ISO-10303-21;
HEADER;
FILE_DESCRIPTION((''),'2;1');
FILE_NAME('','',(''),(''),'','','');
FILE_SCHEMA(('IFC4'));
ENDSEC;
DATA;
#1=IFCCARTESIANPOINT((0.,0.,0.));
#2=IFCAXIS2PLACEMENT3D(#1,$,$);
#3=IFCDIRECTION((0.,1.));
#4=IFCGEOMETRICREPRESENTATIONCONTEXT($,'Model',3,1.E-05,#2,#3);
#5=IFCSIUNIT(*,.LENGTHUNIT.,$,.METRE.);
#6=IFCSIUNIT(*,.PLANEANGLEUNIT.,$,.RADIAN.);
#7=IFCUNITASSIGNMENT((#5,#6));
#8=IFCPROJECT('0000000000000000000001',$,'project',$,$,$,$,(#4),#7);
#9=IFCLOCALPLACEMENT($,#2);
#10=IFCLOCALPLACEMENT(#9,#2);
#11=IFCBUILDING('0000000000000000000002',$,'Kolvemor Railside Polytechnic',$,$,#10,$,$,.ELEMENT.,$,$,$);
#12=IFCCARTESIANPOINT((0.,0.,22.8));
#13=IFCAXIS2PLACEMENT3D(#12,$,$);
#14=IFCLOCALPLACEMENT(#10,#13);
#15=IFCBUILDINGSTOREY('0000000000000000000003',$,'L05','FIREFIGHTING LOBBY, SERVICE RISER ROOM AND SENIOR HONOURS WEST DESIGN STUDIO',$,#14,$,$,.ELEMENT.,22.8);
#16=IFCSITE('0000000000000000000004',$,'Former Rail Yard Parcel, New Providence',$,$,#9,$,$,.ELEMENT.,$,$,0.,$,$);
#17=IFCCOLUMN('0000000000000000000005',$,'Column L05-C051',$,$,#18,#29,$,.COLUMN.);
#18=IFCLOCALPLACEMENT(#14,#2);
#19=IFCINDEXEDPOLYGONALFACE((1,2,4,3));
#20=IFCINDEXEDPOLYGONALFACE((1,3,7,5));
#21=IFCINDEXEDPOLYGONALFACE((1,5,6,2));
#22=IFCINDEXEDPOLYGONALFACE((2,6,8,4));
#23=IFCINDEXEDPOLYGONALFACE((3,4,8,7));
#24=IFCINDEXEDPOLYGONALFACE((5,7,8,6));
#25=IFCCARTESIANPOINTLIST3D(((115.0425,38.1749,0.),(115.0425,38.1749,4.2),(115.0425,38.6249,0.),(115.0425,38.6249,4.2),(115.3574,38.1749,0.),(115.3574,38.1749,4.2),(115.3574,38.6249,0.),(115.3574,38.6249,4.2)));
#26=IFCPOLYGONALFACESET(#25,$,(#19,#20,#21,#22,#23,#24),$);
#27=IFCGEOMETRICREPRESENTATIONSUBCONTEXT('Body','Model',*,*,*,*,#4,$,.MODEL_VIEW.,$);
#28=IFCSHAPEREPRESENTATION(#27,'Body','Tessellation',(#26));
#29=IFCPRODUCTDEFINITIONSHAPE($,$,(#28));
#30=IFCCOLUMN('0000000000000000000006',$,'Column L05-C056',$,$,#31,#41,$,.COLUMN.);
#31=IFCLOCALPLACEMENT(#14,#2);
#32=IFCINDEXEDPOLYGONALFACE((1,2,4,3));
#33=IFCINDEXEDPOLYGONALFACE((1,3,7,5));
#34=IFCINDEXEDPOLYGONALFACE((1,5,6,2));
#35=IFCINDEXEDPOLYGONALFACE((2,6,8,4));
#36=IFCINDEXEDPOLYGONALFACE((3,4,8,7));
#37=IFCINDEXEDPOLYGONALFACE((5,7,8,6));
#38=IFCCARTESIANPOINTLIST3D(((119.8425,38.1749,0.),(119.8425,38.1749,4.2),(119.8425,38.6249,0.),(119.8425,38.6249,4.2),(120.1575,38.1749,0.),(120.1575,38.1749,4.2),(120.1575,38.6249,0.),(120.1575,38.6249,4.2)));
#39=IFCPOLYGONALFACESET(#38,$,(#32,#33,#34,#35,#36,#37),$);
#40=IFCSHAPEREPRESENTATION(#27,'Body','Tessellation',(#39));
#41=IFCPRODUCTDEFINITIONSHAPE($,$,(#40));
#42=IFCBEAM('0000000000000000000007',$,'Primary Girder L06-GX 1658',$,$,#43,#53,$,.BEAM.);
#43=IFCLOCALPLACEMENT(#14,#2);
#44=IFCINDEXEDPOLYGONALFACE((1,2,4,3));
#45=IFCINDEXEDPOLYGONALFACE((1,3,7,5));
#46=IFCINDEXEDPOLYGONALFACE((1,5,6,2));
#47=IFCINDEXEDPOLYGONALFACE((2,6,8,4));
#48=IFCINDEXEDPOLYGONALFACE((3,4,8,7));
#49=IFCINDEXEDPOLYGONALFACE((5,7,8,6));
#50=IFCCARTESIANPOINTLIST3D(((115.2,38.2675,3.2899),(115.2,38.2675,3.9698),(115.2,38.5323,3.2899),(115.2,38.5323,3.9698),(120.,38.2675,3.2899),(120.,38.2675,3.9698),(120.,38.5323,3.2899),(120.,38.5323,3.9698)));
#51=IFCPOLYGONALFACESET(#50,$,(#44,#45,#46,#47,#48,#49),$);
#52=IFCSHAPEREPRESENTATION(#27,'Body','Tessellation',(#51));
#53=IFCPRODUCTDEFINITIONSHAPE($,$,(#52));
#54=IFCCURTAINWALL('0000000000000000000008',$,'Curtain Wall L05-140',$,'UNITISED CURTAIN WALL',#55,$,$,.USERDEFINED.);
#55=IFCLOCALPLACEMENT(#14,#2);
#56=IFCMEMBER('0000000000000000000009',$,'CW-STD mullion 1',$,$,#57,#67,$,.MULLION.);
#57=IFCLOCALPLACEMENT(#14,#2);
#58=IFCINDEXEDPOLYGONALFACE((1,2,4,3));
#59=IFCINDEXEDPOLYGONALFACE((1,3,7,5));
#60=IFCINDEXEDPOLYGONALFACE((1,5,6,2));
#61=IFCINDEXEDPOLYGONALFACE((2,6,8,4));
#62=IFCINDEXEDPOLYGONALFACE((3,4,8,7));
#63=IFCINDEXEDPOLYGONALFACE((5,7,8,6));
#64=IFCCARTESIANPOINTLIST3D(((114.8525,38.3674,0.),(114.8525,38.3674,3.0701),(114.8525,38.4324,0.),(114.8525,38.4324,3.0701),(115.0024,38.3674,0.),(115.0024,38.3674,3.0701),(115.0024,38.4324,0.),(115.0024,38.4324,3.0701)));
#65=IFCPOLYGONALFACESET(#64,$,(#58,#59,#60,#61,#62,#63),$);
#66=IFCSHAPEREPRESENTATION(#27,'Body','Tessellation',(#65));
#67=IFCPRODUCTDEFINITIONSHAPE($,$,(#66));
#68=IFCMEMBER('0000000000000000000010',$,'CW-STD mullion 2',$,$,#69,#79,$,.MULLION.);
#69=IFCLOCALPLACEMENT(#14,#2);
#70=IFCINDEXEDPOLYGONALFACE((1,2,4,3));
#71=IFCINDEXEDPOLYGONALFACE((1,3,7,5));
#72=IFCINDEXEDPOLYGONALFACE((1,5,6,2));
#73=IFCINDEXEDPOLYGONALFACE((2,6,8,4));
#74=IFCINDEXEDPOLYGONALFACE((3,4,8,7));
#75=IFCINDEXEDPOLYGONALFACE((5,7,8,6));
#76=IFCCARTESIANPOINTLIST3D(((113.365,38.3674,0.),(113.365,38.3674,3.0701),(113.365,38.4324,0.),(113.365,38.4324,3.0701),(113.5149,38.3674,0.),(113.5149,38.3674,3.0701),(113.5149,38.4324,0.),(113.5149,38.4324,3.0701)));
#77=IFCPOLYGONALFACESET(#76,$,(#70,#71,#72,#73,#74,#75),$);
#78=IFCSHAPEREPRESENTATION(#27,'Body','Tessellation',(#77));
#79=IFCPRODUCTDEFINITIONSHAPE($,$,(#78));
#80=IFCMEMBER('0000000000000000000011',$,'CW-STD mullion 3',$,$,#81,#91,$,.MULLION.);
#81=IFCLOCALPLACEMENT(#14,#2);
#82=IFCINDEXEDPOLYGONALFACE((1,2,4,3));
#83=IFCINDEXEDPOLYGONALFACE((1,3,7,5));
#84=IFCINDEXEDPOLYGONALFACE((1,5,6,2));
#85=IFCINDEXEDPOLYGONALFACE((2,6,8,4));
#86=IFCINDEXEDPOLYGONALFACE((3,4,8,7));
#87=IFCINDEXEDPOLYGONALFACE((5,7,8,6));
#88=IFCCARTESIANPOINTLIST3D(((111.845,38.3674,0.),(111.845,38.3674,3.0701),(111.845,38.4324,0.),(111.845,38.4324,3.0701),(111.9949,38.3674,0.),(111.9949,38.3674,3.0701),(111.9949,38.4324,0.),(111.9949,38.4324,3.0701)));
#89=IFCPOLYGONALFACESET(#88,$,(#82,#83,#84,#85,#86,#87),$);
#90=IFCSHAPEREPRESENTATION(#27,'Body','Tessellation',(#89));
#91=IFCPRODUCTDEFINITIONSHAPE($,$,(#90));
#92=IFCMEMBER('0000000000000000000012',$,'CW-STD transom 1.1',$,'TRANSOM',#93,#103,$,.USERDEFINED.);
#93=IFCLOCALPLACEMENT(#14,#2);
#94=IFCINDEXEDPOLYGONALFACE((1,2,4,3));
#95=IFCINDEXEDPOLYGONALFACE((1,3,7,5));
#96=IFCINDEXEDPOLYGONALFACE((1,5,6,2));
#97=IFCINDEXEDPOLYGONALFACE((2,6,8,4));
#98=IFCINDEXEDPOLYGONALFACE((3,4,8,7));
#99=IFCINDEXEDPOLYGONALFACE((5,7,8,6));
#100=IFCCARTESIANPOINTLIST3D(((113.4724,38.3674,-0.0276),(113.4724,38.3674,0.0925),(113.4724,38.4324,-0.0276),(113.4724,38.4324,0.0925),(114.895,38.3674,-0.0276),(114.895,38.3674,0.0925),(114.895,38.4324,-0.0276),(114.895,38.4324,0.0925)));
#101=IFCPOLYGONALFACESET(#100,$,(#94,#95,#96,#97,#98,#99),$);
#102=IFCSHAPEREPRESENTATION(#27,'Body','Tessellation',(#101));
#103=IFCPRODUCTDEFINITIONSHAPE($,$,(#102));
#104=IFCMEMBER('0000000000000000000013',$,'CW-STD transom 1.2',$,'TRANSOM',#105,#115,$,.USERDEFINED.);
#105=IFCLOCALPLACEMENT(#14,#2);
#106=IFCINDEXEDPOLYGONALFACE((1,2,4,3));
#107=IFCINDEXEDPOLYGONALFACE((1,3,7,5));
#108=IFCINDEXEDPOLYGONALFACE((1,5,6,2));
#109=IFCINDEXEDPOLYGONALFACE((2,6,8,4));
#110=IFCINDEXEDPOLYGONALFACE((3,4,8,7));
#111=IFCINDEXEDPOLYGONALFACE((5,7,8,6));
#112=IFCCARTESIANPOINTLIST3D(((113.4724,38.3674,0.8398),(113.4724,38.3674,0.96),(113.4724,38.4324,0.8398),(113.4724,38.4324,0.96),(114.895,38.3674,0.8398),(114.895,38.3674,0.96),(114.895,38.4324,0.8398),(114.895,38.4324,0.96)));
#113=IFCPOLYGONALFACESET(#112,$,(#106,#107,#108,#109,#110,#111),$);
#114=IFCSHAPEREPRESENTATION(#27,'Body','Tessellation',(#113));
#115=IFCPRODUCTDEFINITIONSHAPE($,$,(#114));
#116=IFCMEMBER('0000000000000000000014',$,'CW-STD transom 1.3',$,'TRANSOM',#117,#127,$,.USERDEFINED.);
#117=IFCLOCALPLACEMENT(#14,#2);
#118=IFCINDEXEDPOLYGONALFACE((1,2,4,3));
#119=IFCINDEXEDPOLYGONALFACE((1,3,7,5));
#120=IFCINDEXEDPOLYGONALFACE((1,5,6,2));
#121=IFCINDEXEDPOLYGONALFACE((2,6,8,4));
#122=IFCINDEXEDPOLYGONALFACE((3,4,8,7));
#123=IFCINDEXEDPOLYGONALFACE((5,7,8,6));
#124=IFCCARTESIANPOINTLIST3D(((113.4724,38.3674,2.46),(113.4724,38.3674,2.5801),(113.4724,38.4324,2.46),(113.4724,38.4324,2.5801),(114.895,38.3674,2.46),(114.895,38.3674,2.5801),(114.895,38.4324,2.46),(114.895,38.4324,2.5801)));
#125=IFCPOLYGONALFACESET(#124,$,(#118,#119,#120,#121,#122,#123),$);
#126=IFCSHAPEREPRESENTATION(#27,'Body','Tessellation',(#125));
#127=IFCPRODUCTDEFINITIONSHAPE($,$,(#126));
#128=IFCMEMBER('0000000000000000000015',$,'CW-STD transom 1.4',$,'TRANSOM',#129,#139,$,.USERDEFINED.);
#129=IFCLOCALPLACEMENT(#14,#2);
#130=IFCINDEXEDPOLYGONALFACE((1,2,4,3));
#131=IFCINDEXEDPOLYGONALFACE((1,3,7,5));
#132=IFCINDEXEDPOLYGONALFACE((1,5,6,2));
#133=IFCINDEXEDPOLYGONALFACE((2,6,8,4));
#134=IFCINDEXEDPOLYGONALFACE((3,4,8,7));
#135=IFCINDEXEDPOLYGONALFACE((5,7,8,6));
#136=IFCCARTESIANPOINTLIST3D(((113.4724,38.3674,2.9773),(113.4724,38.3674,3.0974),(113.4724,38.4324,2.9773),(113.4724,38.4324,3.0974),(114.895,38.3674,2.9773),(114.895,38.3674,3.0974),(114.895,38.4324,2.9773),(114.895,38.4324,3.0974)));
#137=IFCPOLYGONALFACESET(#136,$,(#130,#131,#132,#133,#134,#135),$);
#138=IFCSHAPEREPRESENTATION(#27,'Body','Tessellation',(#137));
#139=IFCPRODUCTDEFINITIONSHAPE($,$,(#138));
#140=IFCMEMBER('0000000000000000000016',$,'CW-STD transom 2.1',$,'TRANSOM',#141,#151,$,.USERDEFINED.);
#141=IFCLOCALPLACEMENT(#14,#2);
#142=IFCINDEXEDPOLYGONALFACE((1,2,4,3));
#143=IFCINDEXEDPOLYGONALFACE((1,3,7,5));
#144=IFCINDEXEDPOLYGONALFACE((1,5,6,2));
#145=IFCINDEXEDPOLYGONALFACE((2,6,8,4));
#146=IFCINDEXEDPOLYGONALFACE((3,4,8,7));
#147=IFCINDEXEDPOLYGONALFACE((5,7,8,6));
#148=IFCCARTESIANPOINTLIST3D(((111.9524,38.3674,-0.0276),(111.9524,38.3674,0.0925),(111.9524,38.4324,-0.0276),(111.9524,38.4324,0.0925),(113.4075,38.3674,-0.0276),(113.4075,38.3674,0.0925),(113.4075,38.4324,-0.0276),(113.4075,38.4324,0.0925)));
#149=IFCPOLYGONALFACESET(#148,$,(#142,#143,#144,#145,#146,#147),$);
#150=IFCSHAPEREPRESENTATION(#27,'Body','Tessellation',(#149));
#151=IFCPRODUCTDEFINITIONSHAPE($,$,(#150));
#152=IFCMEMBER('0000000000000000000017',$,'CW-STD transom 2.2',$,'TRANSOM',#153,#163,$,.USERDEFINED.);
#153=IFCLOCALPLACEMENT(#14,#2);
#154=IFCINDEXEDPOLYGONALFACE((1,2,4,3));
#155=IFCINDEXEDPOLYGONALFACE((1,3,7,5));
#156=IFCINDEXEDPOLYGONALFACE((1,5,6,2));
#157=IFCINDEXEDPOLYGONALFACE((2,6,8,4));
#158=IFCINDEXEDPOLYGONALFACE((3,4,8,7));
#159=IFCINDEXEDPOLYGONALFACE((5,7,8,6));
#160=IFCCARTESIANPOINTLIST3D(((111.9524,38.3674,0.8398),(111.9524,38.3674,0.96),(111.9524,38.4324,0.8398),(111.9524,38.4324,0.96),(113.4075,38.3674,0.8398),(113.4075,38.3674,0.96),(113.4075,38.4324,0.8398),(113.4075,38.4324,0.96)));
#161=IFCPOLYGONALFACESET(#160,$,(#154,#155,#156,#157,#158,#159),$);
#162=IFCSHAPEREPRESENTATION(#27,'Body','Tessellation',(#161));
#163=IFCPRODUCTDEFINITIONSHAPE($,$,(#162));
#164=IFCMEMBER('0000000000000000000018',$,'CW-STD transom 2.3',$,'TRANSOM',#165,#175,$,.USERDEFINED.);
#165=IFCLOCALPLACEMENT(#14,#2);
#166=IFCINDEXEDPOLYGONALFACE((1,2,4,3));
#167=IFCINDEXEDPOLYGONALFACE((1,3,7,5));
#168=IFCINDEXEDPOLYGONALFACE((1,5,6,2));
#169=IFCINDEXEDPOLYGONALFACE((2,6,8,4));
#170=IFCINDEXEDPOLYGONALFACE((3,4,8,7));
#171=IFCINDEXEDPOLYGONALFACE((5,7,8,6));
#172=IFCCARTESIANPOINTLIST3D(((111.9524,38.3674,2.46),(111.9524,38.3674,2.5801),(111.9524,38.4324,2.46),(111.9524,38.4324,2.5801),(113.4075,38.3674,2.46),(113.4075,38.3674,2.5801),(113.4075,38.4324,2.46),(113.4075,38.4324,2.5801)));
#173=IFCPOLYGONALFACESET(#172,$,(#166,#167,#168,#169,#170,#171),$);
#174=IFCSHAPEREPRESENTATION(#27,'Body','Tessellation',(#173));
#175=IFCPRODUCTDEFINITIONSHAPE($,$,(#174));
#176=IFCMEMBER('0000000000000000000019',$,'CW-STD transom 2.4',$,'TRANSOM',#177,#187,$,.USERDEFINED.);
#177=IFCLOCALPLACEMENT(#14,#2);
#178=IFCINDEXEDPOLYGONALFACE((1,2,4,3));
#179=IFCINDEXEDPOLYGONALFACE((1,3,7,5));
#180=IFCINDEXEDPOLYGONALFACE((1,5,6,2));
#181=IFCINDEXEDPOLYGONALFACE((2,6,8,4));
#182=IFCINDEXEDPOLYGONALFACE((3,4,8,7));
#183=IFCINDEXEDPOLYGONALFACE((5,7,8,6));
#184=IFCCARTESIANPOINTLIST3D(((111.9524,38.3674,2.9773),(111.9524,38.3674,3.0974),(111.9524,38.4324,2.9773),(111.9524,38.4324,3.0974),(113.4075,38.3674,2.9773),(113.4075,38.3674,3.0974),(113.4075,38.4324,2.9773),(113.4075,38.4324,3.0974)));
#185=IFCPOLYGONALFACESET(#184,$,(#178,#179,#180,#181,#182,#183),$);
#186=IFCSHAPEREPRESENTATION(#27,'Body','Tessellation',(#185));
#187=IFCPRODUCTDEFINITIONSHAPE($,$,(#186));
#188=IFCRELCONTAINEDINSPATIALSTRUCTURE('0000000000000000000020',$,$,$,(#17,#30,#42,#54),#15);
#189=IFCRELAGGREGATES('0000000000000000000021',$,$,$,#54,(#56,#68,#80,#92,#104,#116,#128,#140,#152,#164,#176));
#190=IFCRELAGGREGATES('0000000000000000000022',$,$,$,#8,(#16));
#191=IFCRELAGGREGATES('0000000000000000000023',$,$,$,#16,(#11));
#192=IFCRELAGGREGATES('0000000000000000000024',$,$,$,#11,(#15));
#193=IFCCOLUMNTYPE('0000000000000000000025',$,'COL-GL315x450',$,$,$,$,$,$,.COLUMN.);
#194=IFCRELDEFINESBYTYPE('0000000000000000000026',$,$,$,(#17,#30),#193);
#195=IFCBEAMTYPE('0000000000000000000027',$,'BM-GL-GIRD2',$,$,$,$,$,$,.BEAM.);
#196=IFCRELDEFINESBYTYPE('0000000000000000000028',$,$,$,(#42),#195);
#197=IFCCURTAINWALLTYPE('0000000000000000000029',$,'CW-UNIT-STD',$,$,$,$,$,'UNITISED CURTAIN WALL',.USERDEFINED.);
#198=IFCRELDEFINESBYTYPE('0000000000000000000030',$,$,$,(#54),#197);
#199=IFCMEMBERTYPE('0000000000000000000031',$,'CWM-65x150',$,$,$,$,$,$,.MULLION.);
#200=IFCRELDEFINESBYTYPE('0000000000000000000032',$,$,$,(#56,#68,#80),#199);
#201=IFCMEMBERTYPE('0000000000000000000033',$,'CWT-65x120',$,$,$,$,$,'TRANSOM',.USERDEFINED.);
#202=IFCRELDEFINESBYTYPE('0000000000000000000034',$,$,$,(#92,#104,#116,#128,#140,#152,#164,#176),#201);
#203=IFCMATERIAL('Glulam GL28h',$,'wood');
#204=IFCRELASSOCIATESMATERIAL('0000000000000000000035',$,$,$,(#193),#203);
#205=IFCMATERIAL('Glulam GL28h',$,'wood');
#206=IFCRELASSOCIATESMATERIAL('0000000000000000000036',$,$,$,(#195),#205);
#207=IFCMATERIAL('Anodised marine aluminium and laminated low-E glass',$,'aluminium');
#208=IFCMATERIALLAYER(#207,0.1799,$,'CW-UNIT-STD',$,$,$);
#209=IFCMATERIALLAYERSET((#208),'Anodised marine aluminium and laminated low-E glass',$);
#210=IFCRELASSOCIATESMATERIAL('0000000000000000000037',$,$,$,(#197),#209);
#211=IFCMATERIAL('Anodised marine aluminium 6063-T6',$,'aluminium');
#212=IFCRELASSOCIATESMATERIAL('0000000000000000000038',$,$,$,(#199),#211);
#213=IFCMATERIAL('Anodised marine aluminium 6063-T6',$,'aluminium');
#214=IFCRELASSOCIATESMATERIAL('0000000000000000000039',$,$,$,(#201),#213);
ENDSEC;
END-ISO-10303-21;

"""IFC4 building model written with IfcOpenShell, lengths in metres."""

from ifc_helpers import new_model, si_unit, direction, frame, origin, origin_2d, place, context, subcontext, project, spatial, rectangle, extrude, material, layer, layer_set, material_profile, profile_set, type_object, element, aggregate, save


model = new_model("IFC4")

# Units and contexts
model_context = context("Model", 3, precision=1e-05, world=origin(), true_north=direction((0.0, 1.0)))
body_context = subcontext(model_context, "Body", "Model", "MODEL_VIEW")
ifc_project = project(units=[si_unit("LENGTHUNIT", "METRE"), si_unit("PLANEANGLEUNIT", "RADIAN")], contexts=[model_context])

# Site, building, storey
site_placement = place(None, origin())
site = spatial("IfcSite", under=ifc_project, at=site_placement, Name="Former Rail Yard Parcel, New Providence", CompositionType="ELEMENT", RefElevation=0.0)
building_placement = place(site_placement, origin())
building = spatial("IfcBuilding", under=site, at=building_placement, Name="Kolvemor Railside Polytechnic", CompositionType="ELEMENT")
storey_placement = place(building_placement, frame((0.0, 0.0, 22.8)))
storey = spatial("IfcBuildingStorey", under=building, at=storey_placement, Name="L05", Description="FIREFIGHTING LOBBY, SERVICE RISER ROOM AND SENIOR HONOURS WEST DESIGN STUDIO", CompositionType="ELEMENT", Elevation=22.8)

# Columns
ifc_material_1 = material(Name="Glulam GL28h", Category="wood")
ifc_material_profile_1 = material_profile(ifc_material_1, rectangle(XDim=0.3149, YDim=0.45, at=origin_2d()), Name="GL315x450")
ifc_profile_set_1 = profile_set([ifc_material_profile_1], Name="Glulam GL28h")
column_type = type_object("IfcColumnType", Name="COL-GL315x450", PredefinedType="COLUMN", material=ifc_profile_set_1)
for number, where, z_axis, x_axis, name in (
    (1, (115.2, 38.3999, 0.0), (0.0, 0.0, 1.0), (1.0, 0.0, 0.0), "Column L05-C051"),
    (2, (120.0, 38.3999, 0.0), (0.0, 0.0, 1.0), (1.0, 0.0, 0.0), "Column L05-C056"),
):
    element("IfcColumn", number, at=place(storey_placement, frame(where, z_axis=z_axis, x_axis=x_axis)), inside=storey, type_object=column_type, Name=name, PredefinedType="COLUMN", context=body_context, shape_type="SweptSolid", body=[
        extrude(rectangle(XDim=0.3149, YDim=0.45, at=origin_2d()), origin(), (0.0, 0.0, 1.0), 4.2),
    ])

# Beam
ifc_material_2 = material(Name="Glulam GL28h", Category="wood")
ifc_material_profile_2 = material_profile(ifc_material_2, rectangle(XDim=0.2649, YDim=0.6799, at=origin_2d()), Name="GL265x680")
ifc_profile_set_2 = profile_set([ifc_material_profile_2], Name="Glulam GL28h")
beam_type = type_object("IfcBeamType", Name="BM-GL-GIRD2", PredefinedType="BEAM", material=ifc_profile_set_2)
beam_placement = place(storey_placement, frame((115.2, 38.3999, 3.6299), z_axis=(1.0, 0.0, 0.0), x_axis=(0.0, 1.0, 0.0)))
element("IfcBeam", 3, at=beam_placement, inside=storey, type_object=beam_type, Name="Primary Girder L06-GX 1658", PredefinedType="BEAM", context=body_context, shape_type="SweptSolid", body=[
    extrude(rectangle(XDim=0.2649, YDim=0.6799, at=origin_2d()), origin(), (0.0, 0.0, 1.0), 4.8),
])

# Curtain wall, members
ifc_material_3 = material(Name="Anodised marine aluminium and laminated low-E glass", Category="aluminium")
ifc_layer_1 = layer(ifc_material_3, 0.1799, Name="CW-UNIT-STD")
ifc_layer_set_1 = layer_set([ifc_layer_1], Name="Anodised marine aluminium and laminated low-E glass")
curtain_wall_type = type_object("IfcCurtainWallType", Name="CW-UNIT-STD", ElementType="UNITISED CURTAIN WALL", PredefinedType="USERDEFINED", material=ifc_layer_set_1)
curtain_wall_placement = place(storey_placement, origin())
curtain_wall = element("IfcCurtainWall", 4, at=curtain_wall_placement, inside=storey, type_object=curtain_wall_type, Name="Curtain Wall L05-140", ObjectType="UNITISED CURTAIN WALL", PredefinedType="USERDEFINED")
ifc_material_4 = material(Name="Anodised marine aluminium 6063-T6", Category="aluminium")
ifc_material_profile_3 = material_profile(ifc_material_4, rectangle(XDim=0.0649, YDim=0.1499, at=origin_2d()), Name="CW-MUL-65x150")
ifc_profile_set_3 = profile_set([ifc_material_profile_3], Name="Anodised marine aluminium 6063-T6")
member_type_1 = type_object("IfcMemberType", Name="CWM-65x150", PredefinedType="MULLION", material=ifc_profile_set_3)
member_1_placement = place(storey_placement, frame((114.9275, 38.3999, 0.0), z_axis=(0.0, 0.0, 1.0), x_axis=(0.0, -1.0, 0.0)))
member_1 = element("IfcMember", 5, at=member_1_placement, type_object=member_type_1, Name="CW-STD mullion 1", PredefinedType="MULLION", context=body_context, shape_type="SweptSolid", body=[
    extrude(rectangle(XDim=0.0649, YDim=0.1499, at=origin_2d()), origin(), (0.0, 0.0, 1.0), 3.0701),
])
member_2_placement = place(storey_placement, frame((113.4399, 38.3999, 0.0), z_axis=(0.0, 0.0, 1.0), x_axis=(0.0, -1.0, 0.0)))
member_2 = element("IfcMember", 6, at=member_2_placement, type_object=member_type_1, Name="CW-STD mullion 2", PredefinedType="MULLION", context=body_context, shape_type="SweptSolid", body=[
    extrude(rectangle(XDim=0.0649, YDim=0.1499, at=origin_2d()), origin(), (0.0, 0.0, 1.0), 3.0701),
])
member_3_placement = place(storey_placement, frame((111.9199, 38.3999, 0.0), z_axis=(0.0, 0.0, 1.0), x_axis=(0.0, -1.0, 0.0)))
member_3 = element("IfcMember", 7, at=member_3_placement, type_object=member_type_1, Name="CW-STD mullion 3", PredefinedType="MULLION", context=body_context, shape_type="SweptSolid", body=[
    extrude(rectangle(XDim=0.0649, YDim=0.1499, at=origin_2d()), origin(), (0.0, 0.0, 1.0), 3.0701),
])
ifc_material_5 = material(Name="Anodised marine aluminium 6063-T6", Category="aluminium")
ifc_material_profile_4 = material_profile(ifc_material_5, rectangle(XDim=0.0649, YDim=0.1201, at=origin_2d()), Name="CW-TRN-65x120")
ifc_profile_set_4 = profile_set([ifc_material_profile_4], Name="Anodised marine aluminium 6063-T6")
member_type_2 = type_object("IfcMemberType", Name="CWT-65x120", ElementType="TRANSOM", PredefinedType="USERDEFINED", material=ifc_profile_set_4)
member_4_placement = place(storey_placement, frame((114.895, 38.3999, 0.0325), z_axis=(-1.0, 0.0, 0.0), x_axis=(0.0, -1.0, 0.0)))
member_4 = element("IfcMember", 8, at=member_4_placement, type_object=member_type_2, Name="CW-STD transom 1.1", ObjectType="TRANSOM", PredefinedType="USERDEFINED", context=body_context, shape_type="SweptSolid", body=[
    extrude(rectangle(XDim=0.0649, YDim=0.1201, at=origin_2d()), origin(), (0.0, 0.0, 1.0), 1.4226),
])
member_5_placement = place(storey_placement, frame((114.895, 38.3999, 0.8999), z_axis=(-1.0, 0.0, 0.0), x_axis=(0.0, -1.0, 0.0)))
member_5 = element("IfcMember", 9, at=member_5_placement, type_object=member_type_2, Name="CW-STD transom 1.2", ObjectType="TRANSOM", PredefinedType="USERDEFINED", context=body_context, shape_type="SweptSolid", body=[
    extrude(rectangle(XDim=0.0649, YDim=0.1201, at=origin_2d()), origin(), (0.0, 0.0, 1.0), 1.4226),
])
member_6_placement = place(storey_placement, frame((114.895, 38.3999, 2.52), z_axis=(-1.0, 0.0, 0.0), x_axis=(0.0, -1.0, 0.0)))
member_6 = element("IfcMember", 10, at=member_6_placement, type_object=member_type_2, Name="CW-STD transom 1.3", ObjectType="TRANSOM", PredefinedType="USERDEFINED", context=body_context, shape_type="SweptSolid", body=[
    extrude(rectangle(XDim=0.0649, YDim=0.1201, at=origin_2d()), origin(), (0.0, 0.0, 1.0), 1.4226),
])
member_7_placement = place(storey_placement, frame((114.895, 38.3999, 3.0374), z_axis=(-1.0, 0.0, 0.0), x_axis=(0.0, -1.0, 0.0)))
member_7 = element("IfcMember", 11, at=member_7_placement, type_object=member_type_2, Name="CW-STD transom 1.4", ObjectType="TRANSOM", PredefinedType="USERDEFINED", context=body_context, shape_type="SweptSolid", body=[
    extrude(rectangle(XDim=0.0649, YDim=0.1201, at=origin_2d()), origin(), (0.0, 0.0, 1.0), 1.4226),
])
member_8_placement = place(storey_placement, frame((113.4075, 38.3999, 0.0325), z_axis=(-1.0, 0.0, 0.0), x_axis=(0.0, -1.0, 0.0)))
member_8 = element("IfcMember", 12, at=member_8_placement, type_object=member_type_2, Name="CW-STD transom 2.1", ObjectType="TRANSOM", PredefinedType="USERDEFINED", context=body_context, shape_type="SweptSolid", body=[
    extrude(rectangle(XDim=0.0649, YDim=0.1201, at=origin_2d()), origin(), (0.0, 0.0, 1.0), 1.4551),
])
member_9_placement = place(storey_placement, frame((113.4075, 38.3999, 0.8999), z_axis=(-1.0, 0.0, 0.0), x_axis=(0.0, -1.0, 0.0)))
member_9 = element("IfcMember", 13, at=member_9_placement, type_object=member_type_2, Name="CW-STD transom 2.2", ObjectType="TRANSOM", PredefinedType="USERDEFINED", context=body_context, shape_type="SweptSolid", body=[
    extrude(rectangle(XDim=0.0649, YDim=0.1201, at=origin_2d()), origin(), (0.0, 0.0, 1.0), 1.4551),
])
member_10_placement = place(storey_placement, frame((113.4075, 38.3999, 2.52), z_axis=(-1.0, 0.0, 0.0), x_axis=(0.0, -1.0, 0.0)))
member_10 = element("IfcMember", 14, at=member_10_placement, type_object=member_type_2, Name="CW-STD transom 2.3", ObjectType="TRANSOM", PredefinedType="USERDEFINED", context=body_context, shape_type="SweptSolid", body=[
    extrude(rectangle(XDim=0.0649, YDim=0.1201, at=origin_2d()), origin(), (0.0, 0.0, 1.0), 1.4551),
])
member_11_placement = place(storey_placement, frame((113.4075, 38.3999, 3.0374), z_axis=(-1.0, 0.0, 0.0), x_axis=(0.0, -1.0, 0.0)))
member_11 = element("IfcMember", 15, at=member_11_placement, type_object=member_type_2, Name="CW-STD transom 2.4", ObjectType="TRANSOM", PredefinedType="USERDEFINED", context=body_context, shape_type="SweptSolid", body=[
    extrude(rectangle(XDim=0.0649, YDim=0.1201, at=origin_2d()), origin(), (0.0, 0.0, 1.0), 1.4551),
])
aggregate(curtain_wall, [member_1, member_2, member_3, member_4, member_5, member_6, member_7, member_8, member_9, member_10, member_11])

save(model, "model.ifc")
